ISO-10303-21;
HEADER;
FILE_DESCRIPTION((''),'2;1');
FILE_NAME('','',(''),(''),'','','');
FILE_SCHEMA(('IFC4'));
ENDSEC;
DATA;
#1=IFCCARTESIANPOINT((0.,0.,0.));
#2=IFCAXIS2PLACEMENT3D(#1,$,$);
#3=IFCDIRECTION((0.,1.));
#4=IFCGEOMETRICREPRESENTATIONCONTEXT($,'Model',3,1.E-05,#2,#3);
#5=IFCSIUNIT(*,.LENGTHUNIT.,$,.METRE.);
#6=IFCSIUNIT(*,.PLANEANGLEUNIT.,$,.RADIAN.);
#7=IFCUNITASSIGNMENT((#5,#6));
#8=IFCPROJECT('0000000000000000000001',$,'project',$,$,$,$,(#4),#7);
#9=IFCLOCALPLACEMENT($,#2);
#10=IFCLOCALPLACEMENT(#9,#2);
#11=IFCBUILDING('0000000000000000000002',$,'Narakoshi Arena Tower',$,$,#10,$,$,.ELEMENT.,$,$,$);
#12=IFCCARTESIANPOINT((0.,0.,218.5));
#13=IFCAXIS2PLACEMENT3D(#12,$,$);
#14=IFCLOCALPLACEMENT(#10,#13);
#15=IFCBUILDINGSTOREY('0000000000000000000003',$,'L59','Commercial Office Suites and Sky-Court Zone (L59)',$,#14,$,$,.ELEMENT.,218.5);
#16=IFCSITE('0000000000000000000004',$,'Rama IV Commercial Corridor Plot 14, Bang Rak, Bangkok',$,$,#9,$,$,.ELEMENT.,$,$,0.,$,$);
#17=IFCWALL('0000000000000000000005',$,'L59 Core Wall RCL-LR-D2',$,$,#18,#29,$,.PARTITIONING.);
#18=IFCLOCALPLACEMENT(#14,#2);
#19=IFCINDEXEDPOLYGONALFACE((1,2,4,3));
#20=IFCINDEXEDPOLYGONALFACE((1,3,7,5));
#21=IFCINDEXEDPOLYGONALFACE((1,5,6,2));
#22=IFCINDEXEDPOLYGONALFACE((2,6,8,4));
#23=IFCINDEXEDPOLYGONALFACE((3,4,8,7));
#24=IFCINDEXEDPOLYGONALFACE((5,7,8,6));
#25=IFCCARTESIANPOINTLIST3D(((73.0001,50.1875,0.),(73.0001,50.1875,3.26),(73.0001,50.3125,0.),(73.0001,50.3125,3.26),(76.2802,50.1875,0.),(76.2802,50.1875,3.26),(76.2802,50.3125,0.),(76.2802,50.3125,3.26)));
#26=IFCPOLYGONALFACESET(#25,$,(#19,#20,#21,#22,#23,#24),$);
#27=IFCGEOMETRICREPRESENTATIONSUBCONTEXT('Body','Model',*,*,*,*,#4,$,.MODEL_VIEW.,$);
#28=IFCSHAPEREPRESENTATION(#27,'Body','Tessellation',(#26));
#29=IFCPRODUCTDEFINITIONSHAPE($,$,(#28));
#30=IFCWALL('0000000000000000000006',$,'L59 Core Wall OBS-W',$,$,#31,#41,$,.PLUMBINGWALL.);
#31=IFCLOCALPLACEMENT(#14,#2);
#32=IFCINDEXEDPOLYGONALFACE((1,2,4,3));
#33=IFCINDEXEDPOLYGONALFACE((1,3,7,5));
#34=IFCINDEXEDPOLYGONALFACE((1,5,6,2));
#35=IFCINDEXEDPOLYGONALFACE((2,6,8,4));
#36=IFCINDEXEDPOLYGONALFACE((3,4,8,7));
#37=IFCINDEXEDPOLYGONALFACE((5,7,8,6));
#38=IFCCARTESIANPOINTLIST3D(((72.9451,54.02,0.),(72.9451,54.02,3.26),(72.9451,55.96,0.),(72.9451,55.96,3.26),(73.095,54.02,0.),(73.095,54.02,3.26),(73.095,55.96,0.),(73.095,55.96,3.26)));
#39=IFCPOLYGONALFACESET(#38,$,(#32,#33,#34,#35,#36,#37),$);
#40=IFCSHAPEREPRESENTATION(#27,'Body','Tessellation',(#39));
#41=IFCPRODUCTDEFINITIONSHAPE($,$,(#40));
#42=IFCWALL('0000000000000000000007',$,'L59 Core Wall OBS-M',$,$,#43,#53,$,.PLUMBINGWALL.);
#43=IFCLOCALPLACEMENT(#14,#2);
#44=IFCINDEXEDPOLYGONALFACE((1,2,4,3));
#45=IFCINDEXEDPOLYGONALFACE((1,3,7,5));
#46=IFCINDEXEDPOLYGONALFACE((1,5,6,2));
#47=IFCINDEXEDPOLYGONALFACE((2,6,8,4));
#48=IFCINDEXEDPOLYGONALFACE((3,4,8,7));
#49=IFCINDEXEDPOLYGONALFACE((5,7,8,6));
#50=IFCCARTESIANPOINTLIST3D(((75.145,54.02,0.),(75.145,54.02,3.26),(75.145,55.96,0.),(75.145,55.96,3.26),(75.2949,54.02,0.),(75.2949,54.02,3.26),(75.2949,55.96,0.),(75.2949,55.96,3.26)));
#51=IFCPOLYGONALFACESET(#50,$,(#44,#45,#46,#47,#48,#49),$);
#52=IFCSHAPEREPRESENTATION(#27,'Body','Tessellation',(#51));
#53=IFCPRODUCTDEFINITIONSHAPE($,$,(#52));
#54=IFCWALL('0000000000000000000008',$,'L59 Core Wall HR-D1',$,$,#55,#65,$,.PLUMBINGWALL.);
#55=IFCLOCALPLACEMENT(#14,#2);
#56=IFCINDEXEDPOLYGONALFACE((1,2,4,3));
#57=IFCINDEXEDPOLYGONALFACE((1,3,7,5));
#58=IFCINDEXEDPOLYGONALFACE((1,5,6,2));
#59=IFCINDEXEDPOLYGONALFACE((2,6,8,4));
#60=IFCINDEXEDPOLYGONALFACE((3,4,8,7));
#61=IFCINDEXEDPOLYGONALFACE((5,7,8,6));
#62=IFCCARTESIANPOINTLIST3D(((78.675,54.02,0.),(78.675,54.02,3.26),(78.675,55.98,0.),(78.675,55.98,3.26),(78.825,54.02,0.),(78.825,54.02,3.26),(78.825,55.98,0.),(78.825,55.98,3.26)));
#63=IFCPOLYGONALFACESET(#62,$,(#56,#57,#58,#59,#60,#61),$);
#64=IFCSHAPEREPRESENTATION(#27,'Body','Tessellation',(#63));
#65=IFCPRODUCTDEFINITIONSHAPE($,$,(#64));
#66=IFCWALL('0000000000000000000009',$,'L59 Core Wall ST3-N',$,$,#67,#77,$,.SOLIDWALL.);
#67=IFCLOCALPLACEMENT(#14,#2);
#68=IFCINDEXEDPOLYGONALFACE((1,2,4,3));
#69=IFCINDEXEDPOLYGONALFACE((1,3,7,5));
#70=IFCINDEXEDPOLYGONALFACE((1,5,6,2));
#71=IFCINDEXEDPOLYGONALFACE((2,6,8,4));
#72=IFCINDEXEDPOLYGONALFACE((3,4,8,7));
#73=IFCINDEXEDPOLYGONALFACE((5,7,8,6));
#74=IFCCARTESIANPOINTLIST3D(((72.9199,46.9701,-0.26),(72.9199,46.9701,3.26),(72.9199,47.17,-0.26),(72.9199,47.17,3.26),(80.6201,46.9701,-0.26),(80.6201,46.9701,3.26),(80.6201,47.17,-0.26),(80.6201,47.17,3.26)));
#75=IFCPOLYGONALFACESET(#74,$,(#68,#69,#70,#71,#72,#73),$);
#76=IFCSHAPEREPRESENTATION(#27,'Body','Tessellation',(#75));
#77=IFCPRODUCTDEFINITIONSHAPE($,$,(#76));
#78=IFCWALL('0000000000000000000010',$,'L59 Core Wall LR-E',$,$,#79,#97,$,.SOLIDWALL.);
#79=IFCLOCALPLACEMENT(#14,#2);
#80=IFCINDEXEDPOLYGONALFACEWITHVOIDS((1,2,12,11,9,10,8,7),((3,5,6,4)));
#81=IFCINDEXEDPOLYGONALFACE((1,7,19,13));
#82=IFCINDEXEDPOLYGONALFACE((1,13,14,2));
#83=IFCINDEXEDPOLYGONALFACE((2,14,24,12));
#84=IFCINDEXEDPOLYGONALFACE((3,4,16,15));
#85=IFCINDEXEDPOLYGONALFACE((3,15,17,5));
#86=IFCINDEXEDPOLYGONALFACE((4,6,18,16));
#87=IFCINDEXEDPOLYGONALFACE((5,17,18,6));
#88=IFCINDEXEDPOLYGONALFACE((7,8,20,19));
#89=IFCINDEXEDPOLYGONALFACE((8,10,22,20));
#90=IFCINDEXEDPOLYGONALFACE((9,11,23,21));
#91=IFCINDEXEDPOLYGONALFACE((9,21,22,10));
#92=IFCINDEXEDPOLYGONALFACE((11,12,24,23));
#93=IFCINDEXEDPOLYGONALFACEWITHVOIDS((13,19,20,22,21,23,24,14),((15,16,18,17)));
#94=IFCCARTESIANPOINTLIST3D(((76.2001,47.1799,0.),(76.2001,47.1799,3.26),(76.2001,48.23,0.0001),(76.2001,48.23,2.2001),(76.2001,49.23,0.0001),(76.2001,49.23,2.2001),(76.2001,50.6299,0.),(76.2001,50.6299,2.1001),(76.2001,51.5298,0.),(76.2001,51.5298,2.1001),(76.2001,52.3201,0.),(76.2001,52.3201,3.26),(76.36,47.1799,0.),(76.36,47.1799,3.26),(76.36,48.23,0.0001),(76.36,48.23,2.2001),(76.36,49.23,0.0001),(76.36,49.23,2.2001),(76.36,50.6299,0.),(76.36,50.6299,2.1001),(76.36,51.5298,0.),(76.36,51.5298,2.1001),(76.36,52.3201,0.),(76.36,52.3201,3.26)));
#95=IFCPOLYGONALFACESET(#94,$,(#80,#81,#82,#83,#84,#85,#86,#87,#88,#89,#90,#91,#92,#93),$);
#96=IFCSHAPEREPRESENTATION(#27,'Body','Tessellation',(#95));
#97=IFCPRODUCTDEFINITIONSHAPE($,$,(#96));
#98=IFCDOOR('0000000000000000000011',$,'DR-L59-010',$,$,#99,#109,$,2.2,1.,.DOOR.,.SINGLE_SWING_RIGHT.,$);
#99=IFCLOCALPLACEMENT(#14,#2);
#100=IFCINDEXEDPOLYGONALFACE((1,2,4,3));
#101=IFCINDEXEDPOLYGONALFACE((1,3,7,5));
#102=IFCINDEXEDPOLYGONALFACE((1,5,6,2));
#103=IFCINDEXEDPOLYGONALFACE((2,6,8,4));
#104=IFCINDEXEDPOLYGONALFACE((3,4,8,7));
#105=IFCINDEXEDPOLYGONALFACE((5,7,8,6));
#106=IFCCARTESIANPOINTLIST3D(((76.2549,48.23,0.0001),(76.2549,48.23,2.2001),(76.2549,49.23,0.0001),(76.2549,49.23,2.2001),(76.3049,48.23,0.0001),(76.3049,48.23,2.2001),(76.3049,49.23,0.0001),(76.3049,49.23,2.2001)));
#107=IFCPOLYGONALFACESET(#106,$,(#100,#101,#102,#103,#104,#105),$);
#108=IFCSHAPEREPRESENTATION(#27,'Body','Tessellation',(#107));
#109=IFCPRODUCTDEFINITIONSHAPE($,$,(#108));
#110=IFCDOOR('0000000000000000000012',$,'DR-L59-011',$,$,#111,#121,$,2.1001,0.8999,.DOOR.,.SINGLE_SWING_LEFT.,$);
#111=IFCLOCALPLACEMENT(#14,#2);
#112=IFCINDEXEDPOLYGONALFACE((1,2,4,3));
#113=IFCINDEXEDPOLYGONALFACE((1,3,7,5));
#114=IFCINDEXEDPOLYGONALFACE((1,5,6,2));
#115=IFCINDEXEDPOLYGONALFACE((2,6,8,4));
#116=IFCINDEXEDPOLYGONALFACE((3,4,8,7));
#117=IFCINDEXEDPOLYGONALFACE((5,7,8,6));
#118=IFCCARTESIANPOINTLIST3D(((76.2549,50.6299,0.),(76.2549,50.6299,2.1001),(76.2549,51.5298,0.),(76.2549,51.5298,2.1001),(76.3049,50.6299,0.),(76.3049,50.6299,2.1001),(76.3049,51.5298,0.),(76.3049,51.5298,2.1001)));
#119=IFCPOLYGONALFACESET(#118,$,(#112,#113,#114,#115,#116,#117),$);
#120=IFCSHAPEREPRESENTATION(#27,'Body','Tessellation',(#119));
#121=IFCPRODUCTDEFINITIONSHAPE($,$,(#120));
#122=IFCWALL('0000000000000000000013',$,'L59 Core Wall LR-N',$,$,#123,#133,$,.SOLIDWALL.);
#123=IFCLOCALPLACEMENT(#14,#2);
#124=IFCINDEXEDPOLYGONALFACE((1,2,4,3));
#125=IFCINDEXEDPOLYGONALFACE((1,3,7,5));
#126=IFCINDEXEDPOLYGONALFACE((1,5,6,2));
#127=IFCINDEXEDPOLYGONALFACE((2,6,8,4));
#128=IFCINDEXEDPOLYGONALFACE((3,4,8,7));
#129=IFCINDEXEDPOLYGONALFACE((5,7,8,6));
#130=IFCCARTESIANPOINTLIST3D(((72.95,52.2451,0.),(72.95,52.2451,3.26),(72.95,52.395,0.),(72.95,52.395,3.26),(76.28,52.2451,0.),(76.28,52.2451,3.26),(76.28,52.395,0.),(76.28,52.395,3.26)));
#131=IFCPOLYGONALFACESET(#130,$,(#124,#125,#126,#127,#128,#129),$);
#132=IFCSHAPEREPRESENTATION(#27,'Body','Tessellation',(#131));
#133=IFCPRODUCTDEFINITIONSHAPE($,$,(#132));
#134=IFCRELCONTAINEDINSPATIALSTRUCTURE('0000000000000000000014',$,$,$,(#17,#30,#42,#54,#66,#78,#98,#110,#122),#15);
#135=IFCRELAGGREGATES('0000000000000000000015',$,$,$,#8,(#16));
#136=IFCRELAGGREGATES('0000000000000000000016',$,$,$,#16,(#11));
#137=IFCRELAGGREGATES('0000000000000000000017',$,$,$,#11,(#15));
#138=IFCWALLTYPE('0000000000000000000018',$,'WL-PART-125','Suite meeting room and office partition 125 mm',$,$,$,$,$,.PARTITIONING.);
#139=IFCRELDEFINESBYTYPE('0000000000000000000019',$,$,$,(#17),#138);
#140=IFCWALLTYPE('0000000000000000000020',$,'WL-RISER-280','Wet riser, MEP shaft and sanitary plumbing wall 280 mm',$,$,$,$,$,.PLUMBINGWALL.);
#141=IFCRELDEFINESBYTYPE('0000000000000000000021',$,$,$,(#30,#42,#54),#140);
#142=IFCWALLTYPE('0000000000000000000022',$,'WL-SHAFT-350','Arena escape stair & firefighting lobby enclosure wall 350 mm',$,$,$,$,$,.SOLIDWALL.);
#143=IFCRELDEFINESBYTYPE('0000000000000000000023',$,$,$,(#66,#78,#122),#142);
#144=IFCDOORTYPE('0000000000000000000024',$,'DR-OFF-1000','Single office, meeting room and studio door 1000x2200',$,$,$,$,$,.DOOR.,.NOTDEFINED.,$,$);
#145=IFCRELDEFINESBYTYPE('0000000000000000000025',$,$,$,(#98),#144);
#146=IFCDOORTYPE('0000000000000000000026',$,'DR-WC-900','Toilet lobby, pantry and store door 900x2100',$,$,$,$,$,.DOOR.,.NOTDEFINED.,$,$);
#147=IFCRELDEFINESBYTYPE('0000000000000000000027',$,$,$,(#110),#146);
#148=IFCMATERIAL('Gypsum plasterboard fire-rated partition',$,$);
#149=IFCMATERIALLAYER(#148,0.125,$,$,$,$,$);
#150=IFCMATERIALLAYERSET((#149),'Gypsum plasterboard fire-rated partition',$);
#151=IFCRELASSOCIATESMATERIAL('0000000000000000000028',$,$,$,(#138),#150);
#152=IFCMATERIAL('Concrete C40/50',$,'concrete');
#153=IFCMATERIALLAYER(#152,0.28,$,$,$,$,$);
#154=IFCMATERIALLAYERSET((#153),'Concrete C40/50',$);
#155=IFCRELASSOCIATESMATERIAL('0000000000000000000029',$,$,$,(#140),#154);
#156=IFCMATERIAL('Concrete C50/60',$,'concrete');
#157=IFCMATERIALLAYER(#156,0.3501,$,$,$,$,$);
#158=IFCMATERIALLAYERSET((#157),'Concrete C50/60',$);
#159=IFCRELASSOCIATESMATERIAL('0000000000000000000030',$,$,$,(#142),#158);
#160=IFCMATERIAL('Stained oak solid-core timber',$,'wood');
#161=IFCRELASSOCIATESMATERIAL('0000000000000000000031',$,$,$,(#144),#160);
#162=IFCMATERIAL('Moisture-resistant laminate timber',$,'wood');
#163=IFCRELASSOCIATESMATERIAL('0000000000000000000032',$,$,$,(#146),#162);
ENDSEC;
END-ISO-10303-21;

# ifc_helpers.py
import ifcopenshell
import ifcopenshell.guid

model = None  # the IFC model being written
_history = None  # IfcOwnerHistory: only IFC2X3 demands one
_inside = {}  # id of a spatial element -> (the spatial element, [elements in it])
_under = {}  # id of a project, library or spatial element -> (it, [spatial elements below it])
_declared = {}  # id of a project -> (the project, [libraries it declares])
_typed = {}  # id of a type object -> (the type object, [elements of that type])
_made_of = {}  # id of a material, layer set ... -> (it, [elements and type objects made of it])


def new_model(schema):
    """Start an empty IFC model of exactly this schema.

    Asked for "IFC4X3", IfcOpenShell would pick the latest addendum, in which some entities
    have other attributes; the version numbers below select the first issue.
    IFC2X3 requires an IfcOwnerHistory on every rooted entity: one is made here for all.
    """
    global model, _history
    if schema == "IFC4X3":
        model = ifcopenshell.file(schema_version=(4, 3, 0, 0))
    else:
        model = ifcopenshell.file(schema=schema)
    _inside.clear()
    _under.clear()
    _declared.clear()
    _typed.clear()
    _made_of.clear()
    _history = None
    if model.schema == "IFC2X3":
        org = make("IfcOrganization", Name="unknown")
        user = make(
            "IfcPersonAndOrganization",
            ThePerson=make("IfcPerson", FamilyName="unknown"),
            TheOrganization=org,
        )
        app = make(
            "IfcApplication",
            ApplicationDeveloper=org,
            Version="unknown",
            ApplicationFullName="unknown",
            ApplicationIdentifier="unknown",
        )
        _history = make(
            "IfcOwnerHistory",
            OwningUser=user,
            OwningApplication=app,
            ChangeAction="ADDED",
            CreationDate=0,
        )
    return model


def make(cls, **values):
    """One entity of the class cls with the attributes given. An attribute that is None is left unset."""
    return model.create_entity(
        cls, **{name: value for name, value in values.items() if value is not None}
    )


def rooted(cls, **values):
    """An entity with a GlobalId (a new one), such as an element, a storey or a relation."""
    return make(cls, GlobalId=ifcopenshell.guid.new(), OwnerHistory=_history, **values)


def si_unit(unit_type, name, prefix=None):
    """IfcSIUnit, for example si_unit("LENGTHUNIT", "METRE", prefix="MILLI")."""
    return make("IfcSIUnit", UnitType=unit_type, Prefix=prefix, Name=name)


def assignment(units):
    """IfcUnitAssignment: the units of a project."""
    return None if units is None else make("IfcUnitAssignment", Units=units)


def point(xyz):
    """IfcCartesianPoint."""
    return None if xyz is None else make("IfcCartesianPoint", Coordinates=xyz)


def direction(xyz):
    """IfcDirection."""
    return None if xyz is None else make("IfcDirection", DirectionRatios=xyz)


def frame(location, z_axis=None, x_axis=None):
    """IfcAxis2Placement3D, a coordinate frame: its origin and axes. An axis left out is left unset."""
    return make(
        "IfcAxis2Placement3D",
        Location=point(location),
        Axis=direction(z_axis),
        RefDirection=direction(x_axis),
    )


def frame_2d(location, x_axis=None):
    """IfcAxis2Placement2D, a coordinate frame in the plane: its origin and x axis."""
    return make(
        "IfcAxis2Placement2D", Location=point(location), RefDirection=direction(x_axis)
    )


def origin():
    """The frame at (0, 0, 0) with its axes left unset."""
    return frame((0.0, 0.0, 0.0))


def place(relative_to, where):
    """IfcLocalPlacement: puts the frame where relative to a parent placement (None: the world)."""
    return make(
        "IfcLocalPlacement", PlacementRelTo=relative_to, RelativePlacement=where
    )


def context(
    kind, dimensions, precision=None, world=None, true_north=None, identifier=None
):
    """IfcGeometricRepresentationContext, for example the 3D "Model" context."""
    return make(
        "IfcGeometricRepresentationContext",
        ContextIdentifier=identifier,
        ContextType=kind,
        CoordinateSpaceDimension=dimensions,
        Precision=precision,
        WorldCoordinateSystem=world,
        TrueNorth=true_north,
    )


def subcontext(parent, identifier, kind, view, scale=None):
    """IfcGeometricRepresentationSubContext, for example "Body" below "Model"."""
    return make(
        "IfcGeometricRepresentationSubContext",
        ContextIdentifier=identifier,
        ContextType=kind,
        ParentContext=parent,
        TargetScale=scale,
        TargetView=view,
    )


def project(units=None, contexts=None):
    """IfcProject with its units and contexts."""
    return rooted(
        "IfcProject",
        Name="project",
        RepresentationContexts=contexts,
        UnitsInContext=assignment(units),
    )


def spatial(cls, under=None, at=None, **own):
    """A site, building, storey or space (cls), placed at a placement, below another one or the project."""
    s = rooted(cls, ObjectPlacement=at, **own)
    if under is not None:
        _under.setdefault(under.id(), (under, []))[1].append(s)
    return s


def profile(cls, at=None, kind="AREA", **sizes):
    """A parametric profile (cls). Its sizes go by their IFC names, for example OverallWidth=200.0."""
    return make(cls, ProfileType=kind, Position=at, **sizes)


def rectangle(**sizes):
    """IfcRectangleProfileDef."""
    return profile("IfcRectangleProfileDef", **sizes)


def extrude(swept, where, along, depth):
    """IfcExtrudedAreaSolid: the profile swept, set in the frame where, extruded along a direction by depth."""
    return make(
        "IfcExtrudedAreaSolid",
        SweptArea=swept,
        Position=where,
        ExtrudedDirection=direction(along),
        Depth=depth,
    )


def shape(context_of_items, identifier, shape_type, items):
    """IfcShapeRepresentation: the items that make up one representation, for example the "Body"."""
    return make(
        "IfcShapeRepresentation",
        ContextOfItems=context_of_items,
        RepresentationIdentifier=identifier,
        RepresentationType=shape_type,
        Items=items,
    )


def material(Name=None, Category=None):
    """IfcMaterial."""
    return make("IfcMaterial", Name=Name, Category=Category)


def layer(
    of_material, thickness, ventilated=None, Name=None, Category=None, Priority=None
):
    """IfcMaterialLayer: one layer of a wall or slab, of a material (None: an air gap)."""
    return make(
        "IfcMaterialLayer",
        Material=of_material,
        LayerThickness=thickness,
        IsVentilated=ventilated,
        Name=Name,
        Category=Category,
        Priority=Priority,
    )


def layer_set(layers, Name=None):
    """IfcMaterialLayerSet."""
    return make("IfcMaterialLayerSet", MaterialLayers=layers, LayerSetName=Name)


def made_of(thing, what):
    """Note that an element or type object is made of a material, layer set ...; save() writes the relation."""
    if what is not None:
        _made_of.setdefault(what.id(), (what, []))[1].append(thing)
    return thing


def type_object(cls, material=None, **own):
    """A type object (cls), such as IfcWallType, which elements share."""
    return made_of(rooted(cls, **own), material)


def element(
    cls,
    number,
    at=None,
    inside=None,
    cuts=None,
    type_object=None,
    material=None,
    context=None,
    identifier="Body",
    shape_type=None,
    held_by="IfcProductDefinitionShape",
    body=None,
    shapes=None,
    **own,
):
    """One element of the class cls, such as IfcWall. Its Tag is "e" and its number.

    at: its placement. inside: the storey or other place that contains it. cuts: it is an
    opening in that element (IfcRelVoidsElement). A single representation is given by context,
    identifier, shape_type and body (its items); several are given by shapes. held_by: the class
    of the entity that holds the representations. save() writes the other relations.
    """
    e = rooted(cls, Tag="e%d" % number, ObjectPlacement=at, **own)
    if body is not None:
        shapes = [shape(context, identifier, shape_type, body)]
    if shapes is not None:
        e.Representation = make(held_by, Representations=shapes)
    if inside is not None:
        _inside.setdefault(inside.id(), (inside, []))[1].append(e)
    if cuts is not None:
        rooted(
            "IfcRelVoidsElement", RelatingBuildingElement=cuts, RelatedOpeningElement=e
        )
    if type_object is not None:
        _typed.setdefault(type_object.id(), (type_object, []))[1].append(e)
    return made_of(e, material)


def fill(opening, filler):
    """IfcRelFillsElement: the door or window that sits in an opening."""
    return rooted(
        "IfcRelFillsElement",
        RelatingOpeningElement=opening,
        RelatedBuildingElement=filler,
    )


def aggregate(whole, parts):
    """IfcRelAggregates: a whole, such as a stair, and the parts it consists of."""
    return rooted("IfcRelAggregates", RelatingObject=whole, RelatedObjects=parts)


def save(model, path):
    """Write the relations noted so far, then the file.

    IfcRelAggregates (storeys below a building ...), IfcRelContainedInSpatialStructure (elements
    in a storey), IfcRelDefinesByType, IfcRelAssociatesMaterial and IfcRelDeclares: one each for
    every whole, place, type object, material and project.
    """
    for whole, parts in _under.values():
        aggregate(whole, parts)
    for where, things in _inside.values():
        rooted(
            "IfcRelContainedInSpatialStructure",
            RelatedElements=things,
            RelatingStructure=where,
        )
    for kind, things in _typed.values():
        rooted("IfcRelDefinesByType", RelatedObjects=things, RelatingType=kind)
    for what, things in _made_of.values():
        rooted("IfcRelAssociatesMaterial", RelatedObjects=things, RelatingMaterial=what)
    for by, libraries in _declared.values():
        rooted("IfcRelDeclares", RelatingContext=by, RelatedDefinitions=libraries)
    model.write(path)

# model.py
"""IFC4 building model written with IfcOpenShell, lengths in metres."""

from ifc_helpers import new_model, si_unit, direction, frame, frame_2d, origin, place, context, subcontext, project, spatial, rectangle, extrude, material, layer, layer_set, type_object, element, fill, save


model = new_model("IFC4")

# Units and contexts
model_context = context("Model", 3, precision=1e-05, world=origin(), true_north=direction((0.0, 1.0)))
body_context = subcontext(model_context, "Body", "Model", "MODEL_VIEW")
ifc_project = project(units=[si_unit("LENGTHUNIT", "METRE"), si_unit("PLANEANGLEUNIT", "RADIAN")], contexts=[model_context])

# Site, building, storey
site_placement = place(None, origin())
site = spatial("IfcSite", under=ifc_project, at=site_placement, Name="Rama IV Commercial Corridor Plot 14, Bang Rak, Bangkok", CompositionType="ELEMENT", RefElevation=0.0)
building_placement = place(site_placement, origin())
building = spatial("IfcBuilding", under=site, at=building_placement, Name="Narakoshi Arena Tower", CompositionType="ELEMENT")
storey_placement = place(building_placement, frame((0.0, 0.0, 218.5)))
storey = spatial("IfcBuildingStorey", under=building, at=storey_placement, Name="L59", Description="Commercial Office Suites and Sky-Court Zone (L59)", CompositionType="ELEMENT", Elevation=218.5)

# Walls
ifc_material_1 = material(Name="Gypsum plasterboard fire-rated partition")
ifc_layer_1 = layer(ifc_material_1, 0.125)
ifc_layer_set_1 = layer_set([ifc_layer_1], Name="Gypsum plasterboard fire-rated partition")
wall_type_1 = type_object("IfcWallType", Name="WL-PART-125", Description="Suite meeting room and office partition 125 mm", PredefinedType="PARTITIONING", material=ifc_layer_set_1)
wall_1_placement = place(storey_placement, frame((73.0, 50.25, 0.0), z_axis=(0.0, 0.0, 1.0), x_axis=(1.0, 0.0, 0.0)))
element("IfcWall", 1, at=wall_1_placement, inside=storey, type_object=wall_type_1, Name="L59 Core Wall RCL-LR-D2", PredefinedType="PARTITIONING", context=body_context, shape_type="SweptSolid", body=[
    extrude(rectangle(XDim=3.28, YDim=0.125, at=frame_2d((1.6401, 0.0))), origin(), (0.0, 0.0, 1.0), 3.26),
])
ifc_material_2 = material(Name="Concrete C40/50", Category="concrete")
ifc_layer_2 = layer(ifc_material_2, 0.28)
ifc_layer_set_2 = layer_set([ifc_layer_2], Name="Concrete C40/50")
wall_type_2 = type_object("IfcWallType", Name="WL-RISER-280", Description="Wet riser, MEP shaft and sanitary plumbing wall 280 mm", PredefinedType="PLUMBINGWALL", material=ifc_layer_set_2)
for number, where, z_axis, x_axis, name in (
    (2, (73.02, 54.02, 0.0), (0.0, 0.0, 1.0), (0.0, 1.0, 0.0), "L59 Core Wall OBS-W"),
    (3, (75.22, 54.02, 0.0), (0.0, 0.0, 1.0), (0.0, 1.0, 0.0), "L59 Core Wall OBS-M"),
):
    element("IfcWall", number, at=place(storey_placement, frame(where, z_axis=z_axis, x_axis=x_axis)), inside=storey, type_object=wall_type_2, Name=name, PredefinedType="PLUMBINGWALL", context=body_context, shape_type="SweptSolid", body=[
        extrude(rectangle(XDim=1.9399, YDim=0.1499, at=frame_2d((0.97, 0.0))), origin(), (0.0, 0.0, 1.0), 3.26),
    ])
wall_2_placement = place(storey_placement, frame((78.75, 54.02, 0.0), z_axis=(0.0, 0.0, 1.0), x_axis=(0.0, 1.0, 0.0)))
element("IfcWall", 4, at=wall_2_placement, inside=storey, type_object=wall_type_2, Name="L59 Core Wall HR-D1", PredefinedType="PLUMBINGWALL", context=body_context, shape_type="SweptSolid", body=[
    extrude(rectangle(XDim=1.96, YDim=0.1499, at=frame_2d((0.98, 0.0))), origin(), (0.0, 0.0, 1.0), 3.26),
])
ifc_material_3 = material(Name="Concrete C50/60", Category="concrete")
ifc_layer_3 = layer(ifc_material_3, 0.3501)
ifc_layer_set_3 = layer_set([ifc_layer_3], Name="Concrete C50/60")
wall_type_3 = type_object("IfcWallType", Name="WL-SHAFT-350", Description="Arena escape stair & firefighting lobby enclosure wall 350 mm", PredefinedType="SOLIDWALL", material=ifc_layer_set_3)
wall_3_placement = place(storey_placement, frame((72.9199, 47.0701, -0.26), z_axis=(0.0, 0.0, 1.0), x_axis=(1.0, 0.0, 0.0)))
element("IfcWall", 5, at=wall_3_placement, inside=storey, type_object=wall_type_3, Name="L59 Core Wall ST3-N", PredefinedType="SOLIDWALL", context=body_context, shape_type="SweptSolid", body=[
    extrude(rectangle(XDim=7.7002, YDim=0.2, at=frame_2d((3.8501, 0.0))), origin(), (0.0, 0.0, 1.0), 3.52),
])

# Wall, openings, doors
wall_4_placement = place(storey_placement, frame((76.28, 47.1799, 0.0), z_axis=(0.0, 0.0, 1.0), x_axis=(0.0, 1.0, 0.0)))
wall_4 = element("IfcWall", 6, at=wall_4_placement, inside=storey, type_object=wall_type_3, Name="L59 Core Wall LR-E", PredefinedType="SOLIDWALL", context=body_context, shape_type="SweptSolid", body=[
    extrude(rectangle(XDim=5.1401, YDim=0.1599, at=frame_2d((2.5701, 0.0))), origin(), (0.0, 0.0, 1.0), 3.26),
])
opening_1_placement = place(wall_4_placement, frame((1.05, 0.0, 0.0)))
opening_1 = element("IfcOpeningElement", 7, at=opening_1_placement, cuts=wall_4, PredefinedType="OPENING", context=body_context, shape_type="SweptSolid", body=[
    extrude(rectangle(XDim=1.0, YDim=2.2, at=frame_2d((0.5, 1.1001))), frame((0.0, 0.0898, 0.0), z_axis=(0.0, -1.0, 0.0), x_axis=(1.0, 0.0, 0.0)), (0.0, 0.0, 1.0), 0.1799),
])
opening_2_placement = place(wall_4_placement, frame((3.45, 0.0, 0.0)))
opening_2 = element("IfcOpeningElement", 8, at=opening_2_placement, cuts=wall_4, PredefinedType="OPENING", context=body_context, shape_type="SweptSolid", body=[
    extrude(rectangle(XDim=0.8999, YDim=2.1001, at=frame_2d((0.45, 1.05))), frame((0.0, 0.0898, 0.0), z_axis=(0.0, -1.0, 0.0), x_axis=(1.0, 0.0, 0.0)), (0.0, 0.0, 1.0), 0.1799),
])
ifc_material_4 = material(Name="Stained oak solid-core timber", Category="wood")
door_type_1 = type_object("IfcDoorType", Name="DR-OFF-1000", Description="Single office, meeting room and studio door 1000x2200", OperationType="NOTDEFINED", PredefinedType="DOOR", material=ifc_material_4)
door_1_placement = place(opening_1_placement, frame((1.0, 0.0, 0.0), z_axis=(0.0, 0.0, 1.0), x_axis=(-1.0, 0.0, 0.0)))
door_1 = element("IfcDoor", 9, at=door_1_placement, inside=storey, type_object=door_type_1, Name="DR-L59-010", OperationType="SINGLE_SWING_RIGHT", OverallHeight=2.2, OverallWidth=1.0, PredefinedType="DOOR", context=body_context, shape_type="SweptSolid", body=[
    extrude(rectangle(XDim=1.0, YDim=2.2, at=frame_2d((0.5, 1.1001))), frame((0.0, 0.0249, 0.0), z_axis=(0.0, -1.0, 0.0), x_axis=(1.0, 0.0, 0.0)), (0.0, 0.0, 1.0), 0.05),
])
fill(opening_1, door_1)
ifc_material_5 = material(Name="Moisture-resistant laminate timber", Category="wood")
door_type_2 = type_object("IfcDoorType", Name="DR-WC-900", Description="Toilet lobby, pantry and store door 900x2100", OperationType="NOTDEFINED", PredefinedType="DOOR", material=ifc_material_5)
door_2_placement = place(opening_2_placement, frame((0.8999, 0.0, 0.0), z_axis=(0.0, 0.0, 1.0), x_axis=(-1.0, 0.0, 0.0)))
door_2 = element("IfcDoor", 10, at=door_2_placement, inside=storey, type_object=door_type_2, Name="DR-L59-011", OperationType="SINGLE_SWING_LEFT", OverallHeight=2.1001, OverallWidth=0.8999, PredefinedType="DOOR", context=body_context, shape_type="SweptSolid", body=[
    extrude(rectangle(XDim=0.8999, YDim=2.1001, at=frame_2d((0.45, 1.05))), frame((0.0, 0.0249, 0.0), z_axis=(0.0, -1.0, 0.0), x_axis=(1.0, 0.0, 0.0)), (0.0, 0.0, 1.0), 0.05),
])
fill(opening_2, door_2)

# Wall
wall_5_placement = place(storey_placement, frame((72.95, 52.3201, 0.0), z_axis=(0.0, 0.0, 1.0), x_axis=(1.0, 0.0, 0.0)))
element("IfcWall", 11, at=wall_5_placement, inside=storey, type_object=wall_type_3, Name="L59 Core Wall LR-N", PredefinedType="SOLIDWALL", context=body_context, shape_type="SweptSolid", body=[
    extrude(rectangle(XDim=3.3301, YDim=0.1499, at=frame_2d((1.665, 0.0))), origin(), (0.0, 0.0, 1.0), 3.26),
])

save(model, "model.ifc")
